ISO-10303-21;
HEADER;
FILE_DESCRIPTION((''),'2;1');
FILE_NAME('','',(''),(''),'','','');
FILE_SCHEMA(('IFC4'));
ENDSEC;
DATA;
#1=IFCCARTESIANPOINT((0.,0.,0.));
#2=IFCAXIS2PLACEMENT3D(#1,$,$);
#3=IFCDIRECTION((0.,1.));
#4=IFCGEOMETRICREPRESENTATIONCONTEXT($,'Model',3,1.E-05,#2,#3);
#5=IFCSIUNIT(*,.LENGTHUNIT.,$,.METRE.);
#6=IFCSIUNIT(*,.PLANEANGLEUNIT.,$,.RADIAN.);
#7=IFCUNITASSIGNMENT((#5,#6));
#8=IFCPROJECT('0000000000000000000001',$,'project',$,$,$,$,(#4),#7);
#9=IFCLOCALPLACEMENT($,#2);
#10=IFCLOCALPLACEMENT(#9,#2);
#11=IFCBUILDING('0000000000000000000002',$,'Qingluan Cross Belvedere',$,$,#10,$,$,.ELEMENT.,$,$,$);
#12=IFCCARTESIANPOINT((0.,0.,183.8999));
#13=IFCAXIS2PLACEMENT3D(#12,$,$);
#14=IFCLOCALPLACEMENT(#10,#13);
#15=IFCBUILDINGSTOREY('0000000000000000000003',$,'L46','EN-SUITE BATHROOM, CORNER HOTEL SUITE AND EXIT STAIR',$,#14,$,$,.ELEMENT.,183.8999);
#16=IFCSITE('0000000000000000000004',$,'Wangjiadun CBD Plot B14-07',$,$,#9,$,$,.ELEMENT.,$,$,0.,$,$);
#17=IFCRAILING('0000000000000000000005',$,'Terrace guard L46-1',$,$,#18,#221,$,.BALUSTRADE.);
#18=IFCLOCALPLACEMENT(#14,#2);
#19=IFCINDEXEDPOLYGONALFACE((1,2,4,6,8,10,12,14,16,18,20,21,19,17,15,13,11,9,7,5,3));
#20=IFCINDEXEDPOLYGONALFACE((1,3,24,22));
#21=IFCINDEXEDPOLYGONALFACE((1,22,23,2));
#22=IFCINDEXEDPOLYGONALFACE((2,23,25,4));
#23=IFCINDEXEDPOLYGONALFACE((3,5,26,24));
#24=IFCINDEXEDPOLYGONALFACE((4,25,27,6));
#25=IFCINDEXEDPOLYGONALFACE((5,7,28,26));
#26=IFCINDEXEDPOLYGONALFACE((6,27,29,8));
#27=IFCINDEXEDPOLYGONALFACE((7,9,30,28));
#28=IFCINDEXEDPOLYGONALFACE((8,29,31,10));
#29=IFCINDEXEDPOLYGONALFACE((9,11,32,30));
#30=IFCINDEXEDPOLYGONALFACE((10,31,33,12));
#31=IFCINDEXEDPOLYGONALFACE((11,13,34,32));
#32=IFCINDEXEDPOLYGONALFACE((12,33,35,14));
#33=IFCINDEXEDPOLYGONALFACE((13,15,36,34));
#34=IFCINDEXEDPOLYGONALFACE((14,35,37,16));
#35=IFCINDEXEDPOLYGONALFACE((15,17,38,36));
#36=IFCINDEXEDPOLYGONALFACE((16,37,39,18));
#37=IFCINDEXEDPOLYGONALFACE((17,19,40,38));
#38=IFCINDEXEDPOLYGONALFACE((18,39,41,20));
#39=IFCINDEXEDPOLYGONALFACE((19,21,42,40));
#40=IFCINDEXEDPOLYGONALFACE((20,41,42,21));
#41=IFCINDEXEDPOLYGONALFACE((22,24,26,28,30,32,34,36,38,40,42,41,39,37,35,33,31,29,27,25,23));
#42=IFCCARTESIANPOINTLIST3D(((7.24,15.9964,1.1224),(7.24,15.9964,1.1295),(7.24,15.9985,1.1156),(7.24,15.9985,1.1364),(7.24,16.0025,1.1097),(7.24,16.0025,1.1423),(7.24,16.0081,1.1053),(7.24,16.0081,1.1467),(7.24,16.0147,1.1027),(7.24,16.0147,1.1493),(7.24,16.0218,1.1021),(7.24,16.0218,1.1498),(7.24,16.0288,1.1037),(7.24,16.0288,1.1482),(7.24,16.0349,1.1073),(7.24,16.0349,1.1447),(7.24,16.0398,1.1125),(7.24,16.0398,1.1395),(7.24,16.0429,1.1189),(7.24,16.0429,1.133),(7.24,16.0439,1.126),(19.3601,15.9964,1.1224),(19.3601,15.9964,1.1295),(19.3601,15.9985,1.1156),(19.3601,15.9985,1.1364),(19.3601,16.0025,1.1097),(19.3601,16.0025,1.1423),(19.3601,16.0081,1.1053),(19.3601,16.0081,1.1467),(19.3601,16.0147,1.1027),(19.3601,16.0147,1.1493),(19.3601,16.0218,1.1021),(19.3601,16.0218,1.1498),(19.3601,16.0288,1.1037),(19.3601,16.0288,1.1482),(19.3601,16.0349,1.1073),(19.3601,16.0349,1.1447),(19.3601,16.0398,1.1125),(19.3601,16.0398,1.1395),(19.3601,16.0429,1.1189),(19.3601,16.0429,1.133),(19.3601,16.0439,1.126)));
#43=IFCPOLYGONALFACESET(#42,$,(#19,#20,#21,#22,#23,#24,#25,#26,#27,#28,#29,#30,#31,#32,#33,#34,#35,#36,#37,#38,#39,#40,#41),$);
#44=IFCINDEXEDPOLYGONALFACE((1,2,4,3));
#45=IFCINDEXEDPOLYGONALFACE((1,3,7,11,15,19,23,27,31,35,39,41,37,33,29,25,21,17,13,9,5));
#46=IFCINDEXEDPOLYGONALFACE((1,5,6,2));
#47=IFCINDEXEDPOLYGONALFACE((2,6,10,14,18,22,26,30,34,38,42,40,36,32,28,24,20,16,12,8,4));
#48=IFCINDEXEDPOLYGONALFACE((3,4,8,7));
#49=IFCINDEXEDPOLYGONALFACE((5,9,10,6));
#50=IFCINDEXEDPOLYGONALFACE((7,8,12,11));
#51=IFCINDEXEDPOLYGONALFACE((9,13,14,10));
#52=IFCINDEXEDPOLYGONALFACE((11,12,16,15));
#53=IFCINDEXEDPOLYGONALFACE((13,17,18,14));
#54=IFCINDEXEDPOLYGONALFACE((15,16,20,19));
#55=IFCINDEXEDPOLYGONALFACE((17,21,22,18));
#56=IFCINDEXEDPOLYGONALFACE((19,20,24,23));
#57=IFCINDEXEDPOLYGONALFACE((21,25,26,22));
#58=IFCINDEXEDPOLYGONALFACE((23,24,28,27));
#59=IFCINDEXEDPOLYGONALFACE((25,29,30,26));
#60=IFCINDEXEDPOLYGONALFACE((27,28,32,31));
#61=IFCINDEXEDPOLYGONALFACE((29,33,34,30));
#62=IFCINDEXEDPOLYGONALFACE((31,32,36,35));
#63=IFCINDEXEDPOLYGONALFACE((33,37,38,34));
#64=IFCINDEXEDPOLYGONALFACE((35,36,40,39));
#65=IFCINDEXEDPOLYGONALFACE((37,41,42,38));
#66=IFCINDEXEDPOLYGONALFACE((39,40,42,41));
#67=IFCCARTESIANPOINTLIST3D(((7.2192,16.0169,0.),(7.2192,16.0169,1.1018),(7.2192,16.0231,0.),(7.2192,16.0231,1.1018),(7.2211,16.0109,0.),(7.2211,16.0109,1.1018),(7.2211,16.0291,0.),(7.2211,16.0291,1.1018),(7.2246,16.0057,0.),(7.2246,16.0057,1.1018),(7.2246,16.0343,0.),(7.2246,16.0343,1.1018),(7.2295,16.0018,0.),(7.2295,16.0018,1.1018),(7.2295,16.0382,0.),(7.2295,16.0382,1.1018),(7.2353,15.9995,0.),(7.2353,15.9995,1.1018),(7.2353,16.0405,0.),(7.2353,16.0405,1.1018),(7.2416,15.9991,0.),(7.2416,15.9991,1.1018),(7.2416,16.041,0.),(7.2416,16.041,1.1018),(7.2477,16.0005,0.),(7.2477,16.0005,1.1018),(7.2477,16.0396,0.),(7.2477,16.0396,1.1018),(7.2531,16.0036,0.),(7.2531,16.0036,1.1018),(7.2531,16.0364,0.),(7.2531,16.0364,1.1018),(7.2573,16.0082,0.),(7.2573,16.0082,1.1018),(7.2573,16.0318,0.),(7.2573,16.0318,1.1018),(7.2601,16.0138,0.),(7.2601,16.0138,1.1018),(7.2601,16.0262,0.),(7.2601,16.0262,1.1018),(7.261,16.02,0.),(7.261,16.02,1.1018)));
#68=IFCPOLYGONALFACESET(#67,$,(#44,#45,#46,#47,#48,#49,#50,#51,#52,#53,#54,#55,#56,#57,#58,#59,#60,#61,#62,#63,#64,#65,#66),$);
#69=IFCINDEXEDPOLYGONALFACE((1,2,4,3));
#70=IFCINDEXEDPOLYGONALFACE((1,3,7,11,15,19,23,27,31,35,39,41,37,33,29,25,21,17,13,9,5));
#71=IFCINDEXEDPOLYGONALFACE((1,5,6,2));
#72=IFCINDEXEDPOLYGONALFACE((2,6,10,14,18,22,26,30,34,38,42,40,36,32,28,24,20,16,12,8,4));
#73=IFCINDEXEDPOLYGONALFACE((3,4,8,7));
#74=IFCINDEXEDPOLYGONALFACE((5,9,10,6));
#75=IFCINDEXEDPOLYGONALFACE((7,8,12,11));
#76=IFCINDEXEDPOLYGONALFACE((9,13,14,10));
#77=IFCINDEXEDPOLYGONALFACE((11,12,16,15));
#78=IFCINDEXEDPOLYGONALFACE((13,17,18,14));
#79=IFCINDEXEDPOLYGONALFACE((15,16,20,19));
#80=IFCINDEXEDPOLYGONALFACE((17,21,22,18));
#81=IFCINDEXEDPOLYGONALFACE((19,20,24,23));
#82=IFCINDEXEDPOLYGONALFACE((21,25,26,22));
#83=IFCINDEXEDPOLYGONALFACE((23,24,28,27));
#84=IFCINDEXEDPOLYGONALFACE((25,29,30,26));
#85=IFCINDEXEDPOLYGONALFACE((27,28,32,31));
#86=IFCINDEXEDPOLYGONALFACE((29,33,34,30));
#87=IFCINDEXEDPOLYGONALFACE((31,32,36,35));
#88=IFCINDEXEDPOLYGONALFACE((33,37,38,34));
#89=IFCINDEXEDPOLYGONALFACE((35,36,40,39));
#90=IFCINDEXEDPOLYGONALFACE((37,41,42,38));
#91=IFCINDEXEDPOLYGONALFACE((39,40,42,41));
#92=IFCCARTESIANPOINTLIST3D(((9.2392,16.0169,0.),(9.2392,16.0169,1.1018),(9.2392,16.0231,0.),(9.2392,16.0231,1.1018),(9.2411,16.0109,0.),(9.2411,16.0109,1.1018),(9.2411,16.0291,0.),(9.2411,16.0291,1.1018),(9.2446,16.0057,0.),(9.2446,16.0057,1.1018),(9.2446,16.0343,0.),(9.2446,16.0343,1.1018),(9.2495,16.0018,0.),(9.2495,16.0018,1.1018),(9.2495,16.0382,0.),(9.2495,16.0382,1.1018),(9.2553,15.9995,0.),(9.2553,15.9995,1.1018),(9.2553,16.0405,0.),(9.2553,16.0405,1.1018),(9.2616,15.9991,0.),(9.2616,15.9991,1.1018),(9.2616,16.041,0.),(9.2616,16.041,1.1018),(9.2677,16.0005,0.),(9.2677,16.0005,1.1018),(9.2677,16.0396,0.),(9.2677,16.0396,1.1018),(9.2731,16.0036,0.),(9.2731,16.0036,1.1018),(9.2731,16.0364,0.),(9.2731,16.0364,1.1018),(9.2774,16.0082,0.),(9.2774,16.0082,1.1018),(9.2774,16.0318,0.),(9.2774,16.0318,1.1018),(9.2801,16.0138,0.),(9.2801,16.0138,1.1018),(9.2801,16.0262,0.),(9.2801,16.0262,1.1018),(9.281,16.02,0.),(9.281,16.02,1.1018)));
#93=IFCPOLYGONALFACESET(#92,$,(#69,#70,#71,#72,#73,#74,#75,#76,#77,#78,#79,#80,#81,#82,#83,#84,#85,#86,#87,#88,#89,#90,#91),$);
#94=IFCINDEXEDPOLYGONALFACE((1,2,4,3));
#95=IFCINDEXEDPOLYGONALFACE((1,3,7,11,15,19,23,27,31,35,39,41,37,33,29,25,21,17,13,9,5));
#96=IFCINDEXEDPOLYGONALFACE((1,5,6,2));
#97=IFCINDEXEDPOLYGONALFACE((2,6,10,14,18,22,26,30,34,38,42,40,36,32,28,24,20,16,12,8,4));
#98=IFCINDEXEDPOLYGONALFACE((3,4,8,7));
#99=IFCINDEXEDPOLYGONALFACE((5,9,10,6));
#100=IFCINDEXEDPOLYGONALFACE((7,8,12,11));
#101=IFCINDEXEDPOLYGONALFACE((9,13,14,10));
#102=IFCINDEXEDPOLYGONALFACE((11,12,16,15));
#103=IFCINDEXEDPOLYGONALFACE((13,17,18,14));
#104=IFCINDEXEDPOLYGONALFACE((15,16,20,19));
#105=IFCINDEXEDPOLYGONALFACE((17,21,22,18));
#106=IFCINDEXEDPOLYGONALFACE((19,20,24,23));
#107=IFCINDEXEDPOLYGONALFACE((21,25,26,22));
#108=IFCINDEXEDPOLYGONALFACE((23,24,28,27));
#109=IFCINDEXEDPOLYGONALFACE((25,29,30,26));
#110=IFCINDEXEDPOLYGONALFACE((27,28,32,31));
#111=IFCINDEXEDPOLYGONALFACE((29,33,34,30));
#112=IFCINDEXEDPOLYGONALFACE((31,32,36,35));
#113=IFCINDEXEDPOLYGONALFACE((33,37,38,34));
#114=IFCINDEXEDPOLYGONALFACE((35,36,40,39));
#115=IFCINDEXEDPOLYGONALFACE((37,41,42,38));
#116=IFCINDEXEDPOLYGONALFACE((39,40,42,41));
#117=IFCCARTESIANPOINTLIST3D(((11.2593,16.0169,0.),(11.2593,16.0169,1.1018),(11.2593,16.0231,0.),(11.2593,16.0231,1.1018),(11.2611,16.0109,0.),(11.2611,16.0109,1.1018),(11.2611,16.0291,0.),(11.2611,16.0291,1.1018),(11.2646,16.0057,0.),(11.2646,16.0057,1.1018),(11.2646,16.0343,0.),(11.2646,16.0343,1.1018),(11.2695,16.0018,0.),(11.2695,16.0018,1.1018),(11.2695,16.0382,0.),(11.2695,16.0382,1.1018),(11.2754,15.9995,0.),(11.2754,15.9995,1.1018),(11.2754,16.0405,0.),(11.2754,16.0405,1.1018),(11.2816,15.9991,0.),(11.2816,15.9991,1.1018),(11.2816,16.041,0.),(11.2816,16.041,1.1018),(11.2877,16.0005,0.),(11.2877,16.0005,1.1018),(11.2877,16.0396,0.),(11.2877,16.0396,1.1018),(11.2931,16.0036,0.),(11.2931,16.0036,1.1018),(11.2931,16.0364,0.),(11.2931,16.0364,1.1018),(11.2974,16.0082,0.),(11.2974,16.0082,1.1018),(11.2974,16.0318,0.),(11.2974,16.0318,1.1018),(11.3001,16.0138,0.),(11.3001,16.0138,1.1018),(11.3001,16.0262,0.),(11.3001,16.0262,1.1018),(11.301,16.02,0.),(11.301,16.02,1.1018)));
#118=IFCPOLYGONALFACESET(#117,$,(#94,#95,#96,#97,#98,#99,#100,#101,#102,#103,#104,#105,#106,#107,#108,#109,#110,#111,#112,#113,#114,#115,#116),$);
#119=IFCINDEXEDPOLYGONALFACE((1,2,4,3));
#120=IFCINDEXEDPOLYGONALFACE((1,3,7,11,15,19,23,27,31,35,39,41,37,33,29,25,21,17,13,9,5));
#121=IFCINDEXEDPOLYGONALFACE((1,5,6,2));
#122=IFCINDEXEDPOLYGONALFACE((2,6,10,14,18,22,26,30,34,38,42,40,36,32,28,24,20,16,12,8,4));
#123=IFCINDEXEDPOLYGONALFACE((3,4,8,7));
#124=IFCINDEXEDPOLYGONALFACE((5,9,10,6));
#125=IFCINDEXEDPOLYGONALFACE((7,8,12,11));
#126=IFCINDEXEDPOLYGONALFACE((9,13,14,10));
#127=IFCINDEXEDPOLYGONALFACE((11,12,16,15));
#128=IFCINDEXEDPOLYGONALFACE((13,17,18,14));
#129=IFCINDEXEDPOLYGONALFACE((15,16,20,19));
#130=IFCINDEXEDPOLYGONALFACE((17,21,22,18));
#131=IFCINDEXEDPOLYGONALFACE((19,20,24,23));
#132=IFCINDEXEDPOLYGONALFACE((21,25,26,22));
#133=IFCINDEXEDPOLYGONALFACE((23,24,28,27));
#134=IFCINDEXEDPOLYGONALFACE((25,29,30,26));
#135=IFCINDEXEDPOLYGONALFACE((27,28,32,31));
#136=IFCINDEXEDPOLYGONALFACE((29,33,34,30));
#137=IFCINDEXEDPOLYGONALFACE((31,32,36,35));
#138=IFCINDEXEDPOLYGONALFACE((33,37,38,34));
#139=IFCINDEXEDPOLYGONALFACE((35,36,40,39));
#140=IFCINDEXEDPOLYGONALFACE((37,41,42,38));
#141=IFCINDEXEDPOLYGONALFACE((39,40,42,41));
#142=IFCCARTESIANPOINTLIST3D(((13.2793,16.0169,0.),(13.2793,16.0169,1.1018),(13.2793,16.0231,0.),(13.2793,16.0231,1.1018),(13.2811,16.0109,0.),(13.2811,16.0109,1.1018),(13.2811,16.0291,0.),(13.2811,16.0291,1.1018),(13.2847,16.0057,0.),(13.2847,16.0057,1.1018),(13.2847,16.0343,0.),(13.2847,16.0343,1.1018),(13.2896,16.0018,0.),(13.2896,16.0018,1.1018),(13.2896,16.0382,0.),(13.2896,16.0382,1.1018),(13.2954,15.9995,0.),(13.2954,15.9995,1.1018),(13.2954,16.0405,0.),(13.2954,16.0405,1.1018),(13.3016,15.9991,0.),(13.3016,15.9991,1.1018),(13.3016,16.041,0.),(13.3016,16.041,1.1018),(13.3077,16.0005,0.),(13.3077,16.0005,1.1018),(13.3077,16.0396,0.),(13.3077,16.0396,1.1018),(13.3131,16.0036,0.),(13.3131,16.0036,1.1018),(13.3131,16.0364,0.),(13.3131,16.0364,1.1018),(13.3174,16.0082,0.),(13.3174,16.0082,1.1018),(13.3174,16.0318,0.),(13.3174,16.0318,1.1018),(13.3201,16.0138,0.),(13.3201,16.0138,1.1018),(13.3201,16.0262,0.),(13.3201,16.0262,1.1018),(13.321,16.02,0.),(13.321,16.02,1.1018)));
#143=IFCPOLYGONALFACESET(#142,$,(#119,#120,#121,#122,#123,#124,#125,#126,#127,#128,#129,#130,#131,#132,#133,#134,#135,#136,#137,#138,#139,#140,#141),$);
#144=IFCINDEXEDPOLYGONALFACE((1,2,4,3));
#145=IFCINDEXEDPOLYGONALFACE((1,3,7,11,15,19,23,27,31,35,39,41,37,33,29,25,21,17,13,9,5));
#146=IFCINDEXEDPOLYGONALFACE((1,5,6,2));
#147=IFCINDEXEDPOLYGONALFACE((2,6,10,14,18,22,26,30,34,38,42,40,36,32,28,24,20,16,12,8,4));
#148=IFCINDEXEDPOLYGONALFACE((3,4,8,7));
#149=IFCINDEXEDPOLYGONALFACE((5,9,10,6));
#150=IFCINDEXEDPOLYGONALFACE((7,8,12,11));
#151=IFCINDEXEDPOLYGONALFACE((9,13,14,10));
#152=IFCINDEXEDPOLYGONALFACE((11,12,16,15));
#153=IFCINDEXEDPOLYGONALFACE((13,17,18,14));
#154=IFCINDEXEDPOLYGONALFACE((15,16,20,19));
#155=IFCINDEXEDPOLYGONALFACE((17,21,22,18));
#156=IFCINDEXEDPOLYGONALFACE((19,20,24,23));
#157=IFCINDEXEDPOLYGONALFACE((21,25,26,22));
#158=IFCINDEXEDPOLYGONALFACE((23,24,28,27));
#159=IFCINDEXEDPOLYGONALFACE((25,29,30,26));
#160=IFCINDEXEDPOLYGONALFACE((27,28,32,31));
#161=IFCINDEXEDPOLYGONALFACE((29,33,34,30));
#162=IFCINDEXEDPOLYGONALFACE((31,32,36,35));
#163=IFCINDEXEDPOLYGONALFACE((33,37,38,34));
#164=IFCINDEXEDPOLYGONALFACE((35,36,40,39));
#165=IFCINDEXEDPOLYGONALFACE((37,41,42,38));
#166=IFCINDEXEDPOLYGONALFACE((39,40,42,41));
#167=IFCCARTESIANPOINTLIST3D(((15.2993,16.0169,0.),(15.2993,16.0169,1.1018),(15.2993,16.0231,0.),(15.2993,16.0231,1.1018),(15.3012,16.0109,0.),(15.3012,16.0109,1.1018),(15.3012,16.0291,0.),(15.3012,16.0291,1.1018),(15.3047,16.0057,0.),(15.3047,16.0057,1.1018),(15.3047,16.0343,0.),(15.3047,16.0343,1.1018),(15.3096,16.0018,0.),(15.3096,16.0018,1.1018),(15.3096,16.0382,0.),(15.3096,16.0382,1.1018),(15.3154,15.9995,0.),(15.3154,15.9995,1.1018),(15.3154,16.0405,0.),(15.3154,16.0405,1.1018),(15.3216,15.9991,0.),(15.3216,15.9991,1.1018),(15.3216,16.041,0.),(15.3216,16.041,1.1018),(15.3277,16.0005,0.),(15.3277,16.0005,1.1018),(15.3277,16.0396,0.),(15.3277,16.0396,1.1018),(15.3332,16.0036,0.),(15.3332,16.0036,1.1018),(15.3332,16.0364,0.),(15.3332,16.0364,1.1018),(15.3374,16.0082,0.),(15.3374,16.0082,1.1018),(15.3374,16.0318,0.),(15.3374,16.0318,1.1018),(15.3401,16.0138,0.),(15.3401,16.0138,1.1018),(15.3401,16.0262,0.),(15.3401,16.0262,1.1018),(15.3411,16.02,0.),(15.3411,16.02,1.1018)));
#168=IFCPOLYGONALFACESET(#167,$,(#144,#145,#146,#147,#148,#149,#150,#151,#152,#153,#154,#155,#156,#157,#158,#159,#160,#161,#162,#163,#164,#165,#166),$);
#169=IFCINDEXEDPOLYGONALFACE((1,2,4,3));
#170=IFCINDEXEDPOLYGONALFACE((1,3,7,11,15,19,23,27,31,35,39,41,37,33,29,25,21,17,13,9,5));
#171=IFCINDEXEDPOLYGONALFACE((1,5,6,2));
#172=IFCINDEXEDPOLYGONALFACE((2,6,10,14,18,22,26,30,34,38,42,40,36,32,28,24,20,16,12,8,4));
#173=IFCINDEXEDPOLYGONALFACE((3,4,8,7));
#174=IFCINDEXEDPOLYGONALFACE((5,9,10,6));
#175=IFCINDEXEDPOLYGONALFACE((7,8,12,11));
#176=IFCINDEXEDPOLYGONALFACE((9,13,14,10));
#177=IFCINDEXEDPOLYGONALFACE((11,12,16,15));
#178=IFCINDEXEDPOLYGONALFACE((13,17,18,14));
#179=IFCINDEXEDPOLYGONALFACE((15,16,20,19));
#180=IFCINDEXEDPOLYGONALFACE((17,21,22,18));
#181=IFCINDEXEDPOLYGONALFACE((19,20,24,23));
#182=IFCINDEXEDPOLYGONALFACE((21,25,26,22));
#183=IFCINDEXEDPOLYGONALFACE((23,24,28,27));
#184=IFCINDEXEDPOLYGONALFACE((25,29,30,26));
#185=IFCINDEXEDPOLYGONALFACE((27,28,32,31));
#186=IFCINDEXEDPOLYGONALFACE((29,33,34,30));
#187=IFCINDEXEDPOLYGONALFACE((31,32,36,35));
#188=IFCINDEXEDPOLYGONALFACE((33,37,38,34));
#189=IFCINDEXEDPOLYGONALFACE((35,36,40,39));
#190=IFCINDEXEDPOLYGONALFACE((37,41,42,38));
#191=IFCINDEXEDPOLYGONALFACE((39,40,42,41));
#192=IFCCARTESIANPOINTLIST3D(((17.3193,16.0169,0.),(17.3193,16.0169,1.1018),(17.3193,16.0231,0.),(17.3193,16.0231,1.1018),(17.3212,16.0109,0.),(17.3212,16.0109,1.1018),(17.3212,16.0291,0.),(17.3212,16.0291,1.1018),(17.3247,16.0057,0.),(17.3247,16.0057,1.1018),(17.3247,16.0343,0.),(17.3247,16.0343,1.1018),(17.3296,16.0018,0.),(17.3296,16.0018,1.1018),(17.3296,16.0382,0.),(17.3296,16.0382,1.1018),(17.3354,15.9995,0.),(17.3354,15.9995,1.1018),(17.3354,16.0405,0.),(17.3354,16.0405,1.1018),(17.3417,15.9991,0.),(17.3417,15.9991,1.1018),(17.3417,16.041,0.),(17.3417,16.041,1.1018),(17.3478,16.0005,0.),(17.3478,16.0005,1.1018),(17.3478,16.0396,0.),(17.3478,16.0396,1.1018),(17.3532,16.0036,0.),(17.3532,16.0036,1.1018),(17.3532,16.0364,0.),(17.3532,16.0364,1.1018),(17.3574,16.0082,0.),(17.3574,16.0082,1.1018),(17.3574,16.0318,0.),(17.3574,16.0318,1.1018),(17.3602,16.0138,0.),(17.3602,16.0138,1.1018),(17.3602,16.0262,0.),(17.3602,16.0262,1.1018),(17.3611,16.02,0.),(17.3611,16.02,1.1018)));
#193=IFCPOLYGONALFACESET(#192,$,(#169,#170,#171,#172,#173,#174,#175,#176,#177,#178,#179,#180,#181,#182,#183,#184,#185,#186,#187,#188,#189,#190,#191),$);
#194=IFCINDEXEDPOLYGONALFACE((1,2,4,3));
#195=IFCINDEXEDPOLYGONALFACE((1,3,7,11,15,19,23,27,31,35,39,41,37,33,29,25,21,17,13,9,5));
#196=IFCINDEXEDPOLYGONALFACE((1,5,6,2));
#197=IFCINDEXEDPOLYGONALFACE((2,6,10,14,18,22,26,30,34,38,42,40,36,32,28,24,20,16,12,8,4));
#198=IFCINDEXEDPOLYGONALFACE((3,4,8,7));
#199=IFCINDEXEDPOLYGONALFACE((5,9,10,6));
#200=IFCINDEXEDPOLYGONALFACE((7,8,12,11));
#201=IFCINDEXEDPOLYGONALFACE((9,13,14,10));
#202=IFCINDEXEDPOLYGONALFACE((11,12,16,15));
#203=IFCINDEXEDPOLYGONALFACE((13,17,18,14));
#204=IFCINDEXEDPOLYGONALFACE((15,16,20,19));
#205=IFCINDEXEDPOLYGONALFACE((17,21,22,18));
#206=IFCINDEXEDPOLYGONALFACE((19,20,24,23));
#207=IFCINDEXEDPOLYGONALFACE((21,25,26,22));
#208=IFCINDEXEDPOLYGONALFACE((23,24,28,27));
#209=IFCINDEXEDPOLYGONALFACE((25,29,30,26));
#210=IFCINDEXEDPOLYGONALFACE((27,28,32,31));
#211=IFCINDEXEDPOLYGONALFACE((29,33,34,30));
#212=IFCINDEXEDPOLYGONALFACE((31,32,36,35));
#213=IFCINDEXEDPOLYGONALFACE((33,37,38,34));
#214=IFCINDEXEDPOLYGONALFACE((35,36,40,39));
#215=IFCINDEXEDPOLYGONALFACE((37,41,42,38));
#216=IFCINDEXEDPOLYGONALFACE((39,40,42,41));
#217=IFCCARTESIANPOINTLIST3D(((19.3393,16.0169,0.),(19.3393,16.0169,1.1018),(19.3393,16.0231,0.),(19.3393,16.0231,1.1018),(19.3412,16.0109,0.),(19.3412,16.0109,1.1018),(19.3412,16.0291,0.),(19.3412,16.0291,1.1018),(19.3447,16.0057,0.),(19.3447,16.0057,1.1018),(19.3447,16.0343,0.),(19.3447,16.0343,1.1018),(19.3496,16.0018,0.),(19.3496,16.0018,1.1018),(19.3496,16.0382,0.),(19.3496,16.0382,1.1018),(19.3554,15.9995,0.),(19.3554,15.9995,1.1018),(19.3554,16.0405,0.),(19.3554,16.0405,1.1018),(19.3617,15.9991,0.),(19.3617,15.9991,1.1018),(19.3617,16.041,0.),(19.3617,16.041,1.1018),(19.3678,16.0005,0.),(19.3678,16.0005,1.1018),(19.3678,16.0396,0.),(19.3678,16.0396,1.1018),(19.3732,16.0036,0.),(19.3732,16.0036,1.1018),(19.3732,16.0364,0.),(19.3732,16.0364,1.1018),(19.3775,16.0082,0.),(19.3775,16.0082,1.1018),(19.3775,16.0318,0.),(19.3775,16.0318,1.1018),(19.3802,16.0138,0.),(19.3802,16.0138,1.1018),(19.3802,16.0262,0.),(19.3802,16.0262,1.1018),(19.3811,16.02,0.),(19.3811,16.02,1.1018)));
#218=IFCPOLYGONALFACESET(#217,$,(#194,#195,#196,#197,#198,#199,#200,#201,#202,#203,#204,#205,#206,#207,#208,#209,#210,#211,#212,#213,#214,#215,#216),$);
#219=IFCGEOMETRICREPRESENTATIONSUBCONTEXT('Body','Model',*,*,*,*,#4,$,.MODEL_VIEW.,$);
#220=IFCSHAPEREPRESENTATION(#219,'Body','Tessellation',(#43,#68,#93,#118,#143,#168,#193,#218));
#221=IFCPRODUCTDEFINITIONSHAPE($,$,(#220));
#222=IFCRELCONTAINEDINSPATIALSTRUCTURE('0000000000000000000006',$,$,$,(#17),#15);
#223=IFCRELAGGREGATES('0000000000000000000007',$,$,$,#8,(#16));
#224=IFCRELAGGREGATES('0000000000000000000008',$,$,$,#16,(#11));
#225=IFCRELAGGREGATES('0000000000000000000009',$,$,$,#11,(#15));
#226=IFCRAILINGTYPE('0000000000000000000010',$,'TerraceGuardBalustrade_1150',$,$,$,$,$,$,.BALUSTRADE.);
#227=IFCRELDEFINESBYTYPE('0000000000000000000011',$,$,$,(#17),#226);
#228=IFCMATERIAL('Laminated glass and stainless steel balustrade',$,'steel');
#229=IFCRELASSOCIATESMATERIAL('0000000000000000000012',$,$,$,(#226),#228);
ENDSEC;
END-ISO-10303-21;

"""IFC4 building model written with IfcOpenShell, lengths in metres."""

from ifc_helpers import new_model, si_unit, direction, frame, origin, origin_2d, place, context, subcontext, project, spatial, circle, extrude, material, type_object, element, save


model = new_model("IFC4")

# Units and contexts
model_context = context("Model", 3, precision=1e-05, world=origin(), true_north=direction((0.0, 1.0)))
body_context = subcontext(model_context, "Body", "Model", "MODEL_VIEW")
ifc_project = project(units=[si_unit("LENGTHUNIT", "METRE"), si_unit("PLANEANGLEUNIT", "RADIAN")], contexts=[model_context])

# Site, building, storey
site_placement = place(None, origin())
site = spatial("IfcSite", under=ifc_project, at=site_placement, Name="Wangjiadun CBD Plot B14-07", CompositionType="ELEMENT", RefElevation=0.0)
building_placement = place(site_placement, origin())
building = spatial("IfcBuilding", under=site, at=building_placement, Name="Qingluan Cross Belvedere", CompositionType="ELEMENT")
storey_placement = place(building_placement, frame((0.0, 0.0, 183.8999)))
storey = spatial("IfcBuildingStorey", under=building, at=storey_placement, Name="L46", Description="EN-SUITE BATHROOM, CORNER HOTEL SUITE AND EXIT STAIR", CompositionType="ELEMENT", Elevation=183.8999)

# Railing
ifc_material_1 = material(Name="Laminated glass and stainless steel balustrade", Category="steel")
railing_type = type_object("IfcRailingType", Name="TerraceGuardBalustrade_1150", PredefinedType="BALUSTRADE", material=ifc_material_1)
railing_1_placement = place(storey_placement, frame((7.24, 16.02, 0.0)))
element("IfcRailing", 1, at=railing_1_placement, inside=storey, type_object=railing_type, Name="Terrace guard L46-1", PredefinedType="BALUSTRADE", context=body_context, shape_type="SweptSolid", body=[
    extrude(circle(Radius=0.0239, at=origin_2d()), frame((0.0, 0.0, 1.126), z_axis=(1.0, 0.0, 0.0), x_axis=(0.0, 1.0, 0.0)), (0.0, 0.0, 1.0), 12.1201),
    extrude(circle(Radius=0.021, at=origin_2d()), origin(), (0.0, 0.0, 1.0), 1.1018),
    extrude(circle(Radius=0.021, at=origin_2d()), frame((2.02, 0.0, 0.0)), (0.0, 0.0, 1.0), 1.1018),
    extrude(circle(Radius=0.021, at=origin_2d()), frame((4.04, 0.0, 0.0)), (0.0, 0.0, 1.0), 1.1018),
    extrude(circle(Radius=0.021, at=origin_2d()), frame((6.0601, 0.0, 0.0)), (0.0, 0.0, 1.0), 1.1018),
    extrude(circle(Radius=0.021, at=origin_2d()), frame((8.0801, 0.0, 0.0)), (0.0, 0.0, 1.0), 1.1018),
    extrude(circle(Radius=0.021, at=origin_2d()), frame((10.1001, 0.0, 0.0)), (0.0, 0.0, 1.0), 1.1018),
    extrude(circle(Radius=0.021, at=origin_2d()), frame((12.1201, 0.0, 0.0)), (0.0, 0.0, 1.0), 1.1018),
])

save(model, "model.ifc")
